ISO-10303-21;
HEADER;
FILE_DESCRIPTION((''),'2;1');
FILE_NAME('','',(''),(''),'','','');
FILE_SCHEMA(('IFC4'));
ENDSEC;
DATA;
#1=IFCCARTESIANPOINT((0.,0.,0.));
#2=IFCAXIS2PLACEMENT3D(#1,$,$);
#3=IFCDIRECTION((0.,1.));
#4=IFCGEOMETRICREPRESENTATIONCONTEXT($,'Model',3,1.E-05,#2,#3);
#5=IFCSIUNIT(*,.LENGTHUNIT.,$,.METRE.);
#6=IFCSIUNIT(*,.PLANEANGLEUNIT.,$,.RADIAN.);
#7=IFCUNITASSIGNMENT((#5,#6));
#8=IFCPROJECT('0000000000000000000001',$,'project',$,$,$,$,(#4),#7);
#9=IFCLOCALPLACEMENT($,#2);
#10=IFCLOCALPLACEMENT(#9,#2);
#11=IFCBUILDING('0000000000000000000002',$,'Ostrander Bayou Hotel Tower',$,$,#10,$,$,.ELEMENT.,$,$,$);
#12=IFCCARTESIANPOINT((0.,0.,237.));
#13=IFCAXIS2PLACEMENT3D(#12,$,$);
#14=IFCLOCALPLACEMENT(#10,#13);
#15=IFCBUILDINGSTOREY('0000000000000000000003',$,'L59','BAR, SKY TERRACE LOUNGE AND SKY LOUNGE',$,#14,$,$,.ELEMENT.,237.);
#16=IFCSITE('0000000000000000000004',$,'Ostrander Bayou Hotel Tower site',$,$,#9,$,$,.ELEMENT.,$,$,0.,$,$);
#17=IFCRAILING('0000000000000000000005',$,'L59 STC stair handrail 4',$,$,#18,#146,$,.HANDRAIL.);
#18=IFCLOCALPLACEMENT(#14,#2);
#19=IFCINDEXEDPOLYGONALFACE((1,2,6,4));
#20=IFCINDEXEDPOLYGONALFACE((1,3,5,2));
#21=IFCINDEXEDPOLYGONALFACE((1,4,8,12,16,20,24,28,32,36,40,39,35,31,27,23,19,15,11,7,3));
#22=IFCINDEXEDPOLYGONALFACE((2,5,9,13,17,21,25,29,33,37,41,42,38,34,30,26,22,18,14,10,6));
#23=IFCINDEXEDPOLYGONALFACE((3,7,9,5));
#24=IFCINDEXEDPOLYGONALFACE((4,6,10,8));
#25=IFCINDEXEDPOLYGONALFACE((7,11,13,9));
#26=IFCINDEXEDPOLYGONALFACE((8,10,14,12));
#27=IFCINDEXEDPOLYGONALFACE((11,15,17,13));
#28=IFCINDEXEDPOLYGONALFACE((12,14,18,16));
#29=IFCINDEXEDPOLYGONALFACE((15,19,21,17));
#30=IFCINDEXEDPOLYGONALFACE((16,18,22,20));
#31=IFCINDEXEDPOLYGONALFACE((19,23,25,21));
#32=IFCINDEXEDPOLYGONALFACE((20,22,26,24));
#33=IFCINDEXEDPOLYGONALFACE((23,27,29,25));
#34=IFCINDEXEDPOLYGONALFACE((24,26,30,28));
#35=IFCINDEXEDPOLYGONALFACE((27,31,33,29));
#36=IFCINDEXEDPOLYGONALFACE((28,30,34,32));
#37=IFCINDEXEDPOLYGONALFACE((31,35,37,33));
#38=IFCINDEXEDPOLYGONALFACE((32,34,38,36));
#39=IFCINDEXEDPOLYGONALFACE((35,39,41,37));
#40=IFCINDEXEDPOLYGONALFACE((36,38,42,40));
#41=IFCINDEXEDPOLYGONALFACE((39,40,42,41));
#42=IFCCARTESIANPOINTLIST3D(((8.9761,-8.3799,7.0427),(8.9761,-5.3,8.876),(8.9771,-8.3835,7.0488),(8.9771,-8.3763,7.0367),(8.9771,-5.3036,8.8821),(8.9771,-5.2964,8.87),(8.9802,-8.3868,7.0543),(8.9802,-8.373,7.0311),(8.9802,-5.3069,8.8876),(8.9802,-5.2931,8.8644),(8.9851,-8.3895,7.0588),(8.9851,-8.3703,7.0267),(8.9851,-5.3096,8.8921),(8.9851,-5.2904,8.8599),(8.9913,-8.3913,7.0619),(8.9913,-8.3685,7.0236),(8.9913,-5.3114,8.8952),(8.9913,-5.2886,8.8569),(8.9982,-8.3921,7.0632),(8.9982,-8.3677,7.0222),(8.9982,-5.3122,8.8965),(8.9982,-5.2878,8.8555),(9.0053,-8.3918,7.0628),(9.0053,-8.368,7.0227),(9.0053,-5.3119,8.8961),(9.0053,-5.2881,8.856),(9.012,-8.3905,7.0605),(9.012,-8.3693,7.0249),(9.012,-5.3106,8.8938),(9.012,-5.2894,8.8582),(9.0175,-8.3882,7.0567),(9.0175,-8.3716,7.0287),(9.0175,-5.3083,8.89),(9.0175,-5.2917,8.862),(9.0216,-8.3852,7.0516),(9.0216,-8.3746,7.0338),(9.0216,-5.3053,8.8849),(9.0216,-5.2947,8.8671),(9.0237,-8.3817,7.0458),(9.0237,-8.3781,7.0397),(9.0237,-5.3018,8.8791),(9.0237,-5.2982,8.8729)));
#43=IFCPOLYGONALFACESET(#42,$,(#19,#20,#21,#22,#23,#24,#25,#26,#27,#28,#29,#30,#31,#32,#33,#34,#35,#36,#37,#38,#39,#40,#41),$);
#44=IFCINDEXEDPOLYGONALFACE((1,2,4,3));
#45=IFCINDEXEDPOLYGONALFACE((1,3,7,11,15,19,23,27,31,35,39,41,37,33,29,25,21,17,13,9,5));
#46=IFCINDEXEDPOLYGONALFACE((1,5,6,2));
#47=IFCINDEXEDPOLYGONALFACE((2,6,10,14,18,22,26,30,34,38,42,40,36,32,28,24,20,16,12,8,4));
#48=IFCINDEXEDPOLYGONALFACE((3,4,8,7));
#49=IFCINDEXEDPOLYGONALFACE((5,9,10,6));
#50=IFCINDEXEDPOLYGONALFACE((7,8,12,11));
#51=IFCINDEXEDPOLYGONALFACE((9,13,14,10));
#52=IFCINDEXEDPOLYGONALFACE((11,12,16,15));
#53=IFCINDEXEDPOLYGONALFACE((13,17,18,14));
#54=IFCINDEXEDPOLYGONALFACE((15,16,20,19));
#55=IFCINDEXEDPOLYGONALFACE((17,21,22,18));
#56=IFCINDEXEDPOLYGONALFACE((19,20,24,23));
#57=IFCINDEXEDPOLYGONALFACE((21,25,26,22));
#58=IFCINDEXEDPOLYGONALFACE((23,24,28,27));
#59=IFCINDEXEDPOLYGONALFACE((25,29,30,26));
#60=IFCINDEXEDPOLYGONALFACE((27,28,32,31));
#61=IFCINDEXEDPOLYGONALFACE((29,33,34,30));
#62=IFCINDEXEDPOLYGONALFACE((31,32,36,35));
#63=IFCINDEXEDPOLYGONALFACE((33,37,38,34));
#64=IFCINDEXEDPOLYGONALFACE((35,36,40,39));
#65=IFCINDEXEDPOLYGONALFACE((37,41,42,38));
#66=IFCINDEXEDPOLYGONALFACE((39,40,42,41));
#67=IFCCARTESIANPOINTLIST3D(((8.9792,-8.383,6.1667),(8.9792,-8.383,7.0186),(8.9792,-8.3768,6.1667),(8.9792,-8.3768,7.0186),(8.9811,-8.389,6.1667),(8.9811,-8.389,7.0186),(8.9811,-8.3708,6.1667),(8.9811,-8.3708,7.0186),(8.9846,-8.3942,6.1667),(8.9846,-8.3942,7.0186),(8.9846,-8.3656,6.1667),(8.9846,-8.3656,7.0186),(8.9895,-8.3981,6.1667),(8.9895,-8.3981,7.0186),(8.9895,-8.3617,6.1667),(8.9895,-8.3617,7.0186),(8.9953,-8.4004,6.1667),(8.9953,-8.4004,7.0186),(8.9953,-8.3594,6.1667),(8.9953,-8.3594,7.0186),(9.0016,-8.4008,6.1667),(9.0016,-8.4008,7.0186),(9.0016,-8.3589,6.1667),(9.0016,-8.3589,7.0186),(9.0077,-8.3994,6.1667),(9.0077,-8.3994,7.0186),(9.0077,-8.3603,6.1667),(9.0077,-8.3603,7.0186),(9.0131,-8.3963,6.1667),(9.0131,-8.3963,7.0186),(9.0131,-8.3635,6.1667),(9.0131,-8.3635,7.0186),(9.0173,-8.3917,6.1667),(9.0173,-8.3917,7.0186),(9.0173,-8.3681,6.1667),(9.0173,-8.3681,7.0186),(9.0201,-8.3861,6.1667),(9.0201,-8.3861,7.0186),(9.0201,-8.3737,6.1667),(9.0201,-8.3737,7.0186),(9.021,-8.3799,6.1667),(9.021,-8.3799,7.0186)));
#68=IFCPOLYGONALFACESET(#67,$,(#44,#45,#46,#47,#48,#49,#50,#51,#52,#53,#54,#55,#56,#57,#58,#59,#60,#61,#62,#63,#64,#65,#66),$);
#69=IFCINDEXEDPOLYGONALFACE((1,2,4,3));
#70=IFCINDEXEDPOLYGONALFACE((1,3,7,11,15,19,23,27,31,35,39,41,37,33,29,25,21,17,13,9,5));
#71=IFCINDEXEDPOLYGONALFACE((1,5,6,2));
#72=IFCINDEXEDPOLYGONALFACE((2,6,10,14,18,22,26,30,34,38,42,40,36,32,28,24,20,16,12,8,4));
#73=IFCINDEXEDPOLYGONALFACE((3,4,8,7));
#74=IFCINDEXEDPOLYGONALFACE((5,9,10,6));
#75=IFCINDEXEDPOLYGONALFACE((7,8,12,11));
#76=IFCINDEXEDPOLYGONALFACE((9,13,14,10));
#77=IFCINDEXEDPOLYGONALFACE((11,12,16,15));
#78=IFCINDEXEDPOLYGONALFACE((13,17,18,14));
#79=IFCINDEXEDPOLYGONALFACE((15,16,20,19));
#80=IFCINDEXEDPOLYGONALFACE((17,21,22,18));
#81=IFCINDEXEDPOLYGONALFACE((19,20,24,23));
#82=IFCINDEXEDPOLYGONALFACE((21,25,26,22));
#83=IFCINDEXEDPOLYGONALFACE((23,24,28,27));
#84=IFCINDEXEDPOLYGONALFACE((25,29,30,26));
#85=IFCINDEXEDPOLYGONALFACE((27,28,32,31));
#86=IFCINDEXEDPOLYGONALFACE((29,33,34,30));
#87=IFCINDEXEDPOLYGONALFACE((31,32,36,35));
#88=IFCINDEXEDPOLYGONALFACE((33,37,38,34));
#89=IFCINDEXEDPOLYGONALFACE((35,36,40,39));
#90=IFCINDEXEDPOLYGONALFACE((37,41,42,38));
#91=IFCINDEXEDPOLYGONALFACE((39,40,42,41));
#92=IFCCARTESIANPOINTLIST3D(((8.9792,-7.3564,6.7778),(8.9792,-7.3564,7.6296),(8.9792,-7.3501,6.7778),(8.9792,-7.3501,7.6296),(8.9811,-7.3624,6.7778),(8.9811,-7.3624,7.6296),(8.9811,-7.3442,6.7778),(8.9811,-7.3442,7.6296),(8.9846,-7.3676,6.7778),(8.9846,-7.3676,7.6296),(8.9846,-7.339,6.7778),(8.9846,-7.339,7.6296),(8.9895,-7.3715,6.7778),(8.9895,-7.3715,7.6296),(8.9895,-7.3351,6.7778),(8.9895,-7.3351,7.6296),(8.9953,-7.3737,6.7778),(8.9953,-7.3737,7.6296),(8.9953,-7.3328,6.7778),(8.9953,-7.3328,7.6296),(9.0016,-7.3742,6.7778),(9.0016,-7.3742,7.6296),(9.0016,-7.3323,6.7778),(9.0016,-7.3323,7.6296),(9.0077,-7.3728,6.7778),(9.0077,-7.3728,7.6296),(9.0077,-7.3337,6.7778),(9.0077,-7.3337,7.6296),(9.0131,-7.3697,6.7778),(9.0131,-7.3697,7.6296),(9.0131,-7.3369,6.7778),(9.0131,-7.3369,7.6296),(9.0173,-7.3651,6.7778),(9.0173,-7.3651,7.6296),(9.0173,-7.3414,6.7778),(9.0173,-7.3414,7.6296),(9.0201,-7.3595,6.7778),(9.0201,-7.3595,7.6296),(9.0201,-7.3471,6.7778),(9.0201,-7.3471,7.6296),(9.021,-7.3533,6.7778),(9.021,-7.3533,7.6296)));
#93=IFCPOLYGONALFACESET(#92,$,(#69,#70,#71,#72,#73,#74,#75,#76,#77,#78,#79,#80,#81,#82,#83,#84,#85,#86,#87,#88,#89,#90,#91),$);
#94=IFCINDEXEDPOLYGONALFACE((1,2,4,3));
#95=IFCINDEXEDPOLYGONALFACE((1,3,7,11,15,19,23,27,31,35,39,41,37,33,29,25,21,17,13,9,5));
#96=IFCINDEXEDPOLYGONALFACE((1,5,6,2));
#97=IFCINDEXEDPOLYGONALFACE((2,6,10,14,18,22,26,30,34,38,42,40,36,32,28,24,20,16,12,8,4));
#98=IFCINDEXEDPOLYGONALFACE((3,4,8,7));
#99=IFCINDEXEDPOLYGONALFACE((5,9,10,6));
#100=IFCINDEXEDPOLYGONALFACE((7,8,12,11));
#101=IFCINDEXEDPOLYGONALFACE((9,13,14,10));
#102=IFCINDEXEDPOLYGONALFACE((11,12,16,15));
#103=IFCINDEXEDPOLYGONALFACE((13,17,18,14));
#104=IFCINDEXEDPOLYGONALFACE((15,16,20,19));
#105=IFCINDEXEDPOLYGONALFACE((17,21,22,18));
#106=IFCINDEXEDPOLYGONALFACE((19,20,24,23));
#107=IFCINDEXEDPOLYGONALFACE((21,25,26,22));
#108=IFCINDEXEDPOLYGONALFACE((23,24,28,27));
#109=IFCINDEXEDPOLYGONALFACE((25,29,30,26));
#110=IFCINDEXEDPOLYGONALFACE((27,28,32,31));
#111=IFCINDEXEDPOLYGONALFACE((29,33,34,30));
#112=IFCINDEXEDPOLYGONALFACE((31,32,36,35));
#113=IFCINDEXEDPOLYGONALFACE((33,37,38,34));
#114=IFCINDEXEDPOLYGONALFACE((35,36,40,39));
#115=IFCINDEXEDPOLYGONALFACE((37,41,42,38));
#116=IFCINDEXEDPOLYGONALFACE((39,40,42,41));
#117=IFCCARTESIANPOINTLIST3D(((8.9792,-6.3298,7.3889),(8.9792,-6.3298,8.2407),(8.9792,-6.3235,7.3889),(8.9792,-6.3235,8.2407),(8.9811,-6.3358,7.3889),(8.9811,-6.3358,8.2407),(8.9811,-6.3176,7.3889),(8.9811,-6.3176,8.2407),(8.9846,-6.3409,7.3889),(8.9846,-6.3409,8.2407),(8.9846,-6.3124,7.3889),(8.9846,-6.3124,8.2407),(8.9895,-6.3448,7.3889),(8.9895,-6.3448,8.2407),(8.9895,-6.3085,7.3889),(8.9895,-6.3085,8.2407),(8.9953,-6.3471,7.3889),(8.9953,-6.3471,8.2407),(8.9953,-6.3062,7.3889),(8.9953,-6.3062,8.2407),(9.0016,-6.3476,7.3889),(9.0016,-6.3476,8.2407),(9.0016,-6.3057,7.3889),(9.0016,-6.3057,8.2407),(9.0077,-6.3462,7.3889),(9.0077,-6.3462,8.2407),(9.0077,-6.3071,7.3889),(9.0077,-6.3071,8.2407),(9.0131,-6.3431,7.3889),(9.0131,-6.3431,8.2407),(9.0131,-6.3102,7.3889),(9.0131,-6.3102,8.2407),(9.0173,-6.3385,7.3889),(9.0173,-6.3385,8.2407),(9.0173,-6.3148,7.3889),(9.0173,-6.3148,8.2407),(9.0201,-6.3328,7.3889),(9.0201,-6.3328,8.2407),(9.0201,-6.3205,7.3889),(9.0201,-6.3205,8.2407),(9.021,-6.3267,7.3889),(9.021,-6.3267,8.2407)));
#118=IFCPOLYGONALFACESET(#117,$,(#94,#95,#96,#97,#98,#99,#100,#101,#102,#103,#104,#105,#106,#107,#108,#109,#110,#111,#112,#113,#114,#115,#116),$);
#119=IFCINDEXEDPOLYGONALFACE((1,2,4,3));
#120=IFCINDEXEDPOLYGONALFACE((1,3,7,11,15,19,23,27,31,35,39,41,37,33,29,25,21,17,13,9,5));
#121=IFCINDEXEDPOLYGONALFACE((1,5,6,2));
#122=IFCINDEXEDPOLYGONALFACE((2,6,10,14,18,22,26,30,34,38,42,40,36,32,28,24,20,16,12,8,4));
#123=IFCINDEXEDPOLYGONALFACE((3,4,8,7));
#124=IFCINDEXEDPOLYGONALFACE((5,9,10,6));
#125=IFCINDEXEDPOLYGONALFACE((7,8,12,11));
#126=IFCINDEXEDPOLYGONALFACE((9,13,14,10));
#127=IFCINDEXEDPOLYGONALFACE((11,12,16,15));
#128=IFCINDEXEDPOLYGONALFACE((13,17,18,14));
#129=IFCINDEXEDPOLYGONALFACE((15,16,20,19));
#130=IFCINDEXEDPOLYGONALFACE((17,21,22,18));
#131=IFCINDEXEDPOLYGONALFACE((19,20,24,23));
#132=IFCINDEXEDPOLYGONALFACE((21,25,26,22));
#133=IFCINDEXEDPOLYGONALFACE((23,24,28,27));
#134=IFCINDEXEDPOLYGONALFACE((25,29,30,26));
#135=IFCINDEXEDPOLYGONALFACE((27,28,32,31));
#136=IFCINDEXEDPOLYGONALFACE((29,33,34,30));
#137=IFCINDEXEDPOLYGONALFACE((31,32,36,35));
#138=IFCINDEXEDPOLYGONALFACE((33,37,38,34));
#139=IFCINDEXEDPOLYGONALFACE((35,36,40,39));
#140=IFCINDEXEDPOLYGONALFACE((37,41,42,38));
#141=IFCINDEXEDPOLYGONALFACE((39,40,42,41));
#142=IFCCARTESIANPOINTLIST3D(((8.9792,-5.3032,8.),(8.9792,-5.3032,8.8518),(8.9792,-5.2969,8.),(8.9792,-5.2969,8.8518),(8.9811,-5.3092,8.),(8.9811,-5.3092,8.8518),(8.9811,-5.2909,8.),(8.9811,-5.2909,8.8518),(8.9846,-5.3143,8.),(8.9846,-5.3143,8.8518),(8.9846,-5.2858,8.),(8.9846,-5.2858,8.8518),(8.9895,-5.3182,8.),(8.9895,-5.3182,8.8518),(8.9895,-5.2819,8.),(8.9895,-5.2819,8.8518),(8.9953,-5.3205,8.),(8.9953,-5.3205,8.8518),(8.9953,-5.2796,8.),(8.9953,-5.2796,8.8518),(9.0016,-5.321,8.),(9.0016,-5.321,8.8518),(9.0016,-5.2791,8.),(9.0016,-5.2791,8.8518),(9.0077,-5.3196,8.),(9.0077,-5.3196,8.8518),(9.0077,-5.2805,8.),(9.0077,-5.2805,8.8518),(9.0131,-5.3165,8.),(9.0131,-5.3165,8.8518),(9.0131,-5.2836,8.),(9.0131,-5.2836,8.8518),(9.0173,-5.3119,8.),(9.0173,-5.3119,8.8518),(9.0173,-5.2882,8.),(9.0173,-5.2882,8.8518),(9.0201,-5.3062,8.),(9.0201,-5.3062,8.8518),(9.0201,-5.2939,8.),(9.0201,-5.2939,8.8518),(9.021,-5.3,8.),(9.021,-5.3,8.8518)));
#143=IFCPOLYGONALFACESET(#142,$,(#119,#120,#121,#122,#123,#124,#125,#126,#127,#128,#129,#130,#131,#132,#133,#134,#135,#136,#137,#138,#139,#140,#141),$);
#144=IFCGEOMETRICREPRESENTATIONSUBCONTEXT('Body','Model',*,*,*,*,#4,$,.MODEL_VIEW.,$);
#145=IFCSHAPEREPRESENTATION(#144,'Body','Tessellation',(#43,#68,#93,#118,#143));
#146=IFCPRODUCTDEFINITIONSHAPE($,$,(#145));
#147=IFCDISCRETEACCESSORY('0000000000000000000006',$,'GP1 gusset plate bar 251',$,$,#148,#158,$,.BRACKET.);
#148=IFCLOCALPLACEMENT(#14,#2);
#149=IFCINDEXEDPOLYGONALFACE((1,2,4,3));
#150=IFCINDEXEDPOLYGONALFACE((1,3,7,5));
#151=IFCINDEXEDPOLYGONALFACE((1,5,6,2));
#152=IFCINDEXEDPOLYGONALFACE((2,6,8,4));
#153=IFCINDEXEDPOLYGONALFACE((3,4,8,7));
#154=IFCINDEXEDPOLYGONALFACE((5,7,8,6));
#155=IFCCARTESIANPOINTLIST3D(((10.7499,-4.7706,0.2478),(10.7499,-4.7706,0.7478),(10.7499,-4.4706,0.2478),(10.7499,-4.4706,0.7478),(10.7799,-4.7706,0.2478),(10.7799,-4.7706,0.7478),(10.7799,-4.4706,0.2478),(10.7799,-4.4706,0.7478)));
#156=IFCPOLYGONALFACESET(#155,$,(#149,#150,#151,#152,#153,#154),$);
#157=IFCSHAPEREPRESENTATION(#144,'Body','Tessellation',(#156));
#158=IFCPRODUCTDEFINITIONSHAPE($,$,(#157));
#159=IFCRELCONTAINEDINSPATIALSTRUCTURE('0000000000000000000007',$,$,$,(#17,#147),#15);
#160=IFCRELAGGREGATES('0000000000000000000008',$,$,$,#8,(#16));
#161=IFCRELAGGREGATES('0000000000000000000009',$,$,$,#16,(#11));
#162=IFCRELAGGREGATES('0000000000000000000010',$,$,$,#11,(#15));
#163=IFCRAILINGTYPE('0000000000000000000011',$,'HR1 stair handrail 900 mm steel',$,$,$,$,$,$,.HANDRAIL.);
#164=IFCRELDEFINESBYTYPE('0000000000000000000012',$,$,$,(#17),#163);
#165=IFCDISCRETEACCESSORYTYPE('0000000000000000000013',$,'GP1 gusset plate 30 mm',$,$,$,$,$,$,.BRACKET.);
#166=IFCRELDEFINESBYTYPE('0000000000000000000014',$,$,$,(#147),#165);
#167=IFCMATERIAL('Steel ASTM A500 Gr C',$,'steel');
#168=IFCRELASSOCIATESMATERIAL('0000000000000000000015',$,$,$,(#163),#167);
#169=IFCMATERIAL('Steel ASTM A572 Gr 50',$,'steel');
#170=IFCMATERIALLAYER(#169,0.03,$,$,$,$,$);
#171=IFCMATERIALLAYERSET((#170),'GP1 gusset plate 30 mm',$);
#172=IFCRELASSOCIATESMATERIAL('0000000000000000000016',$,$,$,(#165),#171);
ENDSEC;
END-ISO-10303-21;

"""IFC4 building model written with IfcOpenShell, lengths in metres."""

from ifc_helpers import new_model, si_unit, direction, frame, origin, origin_2d, place, context, subcontext, project, spatial, rectangle, circle, extrude, material, layer, layer_set, type_object, element, save


model = new_model("IFC4")

# Units and contexts
model_context = context("Model", 3, precision=1e-05, world=origin(), true_north=direction((0.0, 1.0)))
body_context = subcontext(model_context, "Body", "Model", "MODEL_VIEW")
ifc_project = project(units=[si_unit("LENGTHUNIT", "METRE"), si_unit("PLANEANGLEUNIT", "RADIAN")], contexts=[model_context])

# Site, building, storey
site_placement = place(None, origin())
site = spatial("IfcSite", under=ifc_project, at=site_placement, Name="Ostrander Bayou Hotel Tower site", CompositionType="ELEMENT", RefElevation=0.0)
building_placement = place(site_placement, origin())
building = spatial("IfcBuilding", under=site, at=building_placement, Name="Ostrander Bayou Hotel Tower", CompositionType="ELEMENT")
storey_placement = place(building_placement, frame((0.0, 0.0, 237.0)))
storey = spatial("IfcBuildingStorey", under=building, at=storey_placement, Name="L59", Description="BAR, SKY TERRACE LOUNGE AND SKY LOUNGE", CompositionType="ELEMENT", Elevation=237.0)

# Railing
ifc_material_1 = material(Name="Steel ASTM A500 Gr C", Category="steel")
railing_type_1 = type_object("IfcRailingType", Name="HR1 stair handrail 900 mm steel", PredefinedType="HANDRAIL", material=ifc_material_1)
for number, where, name in (
    (1, (9.0, -8.3799, 6.1667), "L59 STC stair handrail 4"),
):
    element("IfcRailing", number, at=place(storey_placement, frame(where)), inside=storey, type_object=railing_type_1, Name=name, PredefinedType="HANDRAIL", context=body_context, shape_type="SweptSolid", body=[
        extrude(circle(Radius=0.0239, at=origin_2d()), frame((0.0, 0.0, 0.876), z_axis=(0.0, 0.859291, 0.511487), x_axis=(-1.0, 0.0, 0.0)), (0.0, 0.0, 1.0), 3.5842),
        extrude(circle(Radius=0.021, at=origin_2d()), origin(), (0.0, 0.0, 1.0), 0.8518),
        extrude(circle(Radius=0.021, at=origin_2d()), frame((0.0, 1.0266, 0.6111)), (0.0, 0.0, 1.0), 0.8518),
        extrude(circle(Radius=0.021, at=origin_2d()), frame((0.0, 2.0532, 1.2222)), (0.0, 0.0, 1.0), 0.8518),
        extrude(circle(Radius=0.021, at=origin_2d()), frame((0.0, 3.0798, 1.8333)), (0.0, 0.0, 1.0), 0.8518),
    ])

# Discrete accessory
ifc_material_2 = material(Name="Steel ASTM A572 Gr 50", Category="steel")
ifc_layer_1 = layer(ifc_material_2, 0.03)
ifc_layer_set_1 = layer_set([ifc_layer_1], Name="GP1 gusset plate 30 mm")
discrete_accessory_type = type_object("IfcDiscreteAccessoryType", Name="GP1 gusset plate 30 mm", PredefinedType="BRACKET", material=ifc_layer_set_1)
discrete_accessory_placement = place(storey_placement, frame((10.7649, -4.6206, 0.2478), z_axis=(0.0, 0.0, 1.0), x_axis=(0.0, -1.0, 0.0)))
element("IfcDiscreteAccessory", 2, at=discrete_accessory_placement, inside=storey, type_object=discrete_accessory_type, Name="GP1 gusset plate bar 251", PredefinedType="BRACKET", context=body_context, shape_type="SweptSolid", body=[
    extrude(rectangle(XDim=0.3, YDim=0.03, at=origin_2d()), origin(), (0.0, 0.0, 1.0), 0.5),
])

save(model, "model.ifc")
